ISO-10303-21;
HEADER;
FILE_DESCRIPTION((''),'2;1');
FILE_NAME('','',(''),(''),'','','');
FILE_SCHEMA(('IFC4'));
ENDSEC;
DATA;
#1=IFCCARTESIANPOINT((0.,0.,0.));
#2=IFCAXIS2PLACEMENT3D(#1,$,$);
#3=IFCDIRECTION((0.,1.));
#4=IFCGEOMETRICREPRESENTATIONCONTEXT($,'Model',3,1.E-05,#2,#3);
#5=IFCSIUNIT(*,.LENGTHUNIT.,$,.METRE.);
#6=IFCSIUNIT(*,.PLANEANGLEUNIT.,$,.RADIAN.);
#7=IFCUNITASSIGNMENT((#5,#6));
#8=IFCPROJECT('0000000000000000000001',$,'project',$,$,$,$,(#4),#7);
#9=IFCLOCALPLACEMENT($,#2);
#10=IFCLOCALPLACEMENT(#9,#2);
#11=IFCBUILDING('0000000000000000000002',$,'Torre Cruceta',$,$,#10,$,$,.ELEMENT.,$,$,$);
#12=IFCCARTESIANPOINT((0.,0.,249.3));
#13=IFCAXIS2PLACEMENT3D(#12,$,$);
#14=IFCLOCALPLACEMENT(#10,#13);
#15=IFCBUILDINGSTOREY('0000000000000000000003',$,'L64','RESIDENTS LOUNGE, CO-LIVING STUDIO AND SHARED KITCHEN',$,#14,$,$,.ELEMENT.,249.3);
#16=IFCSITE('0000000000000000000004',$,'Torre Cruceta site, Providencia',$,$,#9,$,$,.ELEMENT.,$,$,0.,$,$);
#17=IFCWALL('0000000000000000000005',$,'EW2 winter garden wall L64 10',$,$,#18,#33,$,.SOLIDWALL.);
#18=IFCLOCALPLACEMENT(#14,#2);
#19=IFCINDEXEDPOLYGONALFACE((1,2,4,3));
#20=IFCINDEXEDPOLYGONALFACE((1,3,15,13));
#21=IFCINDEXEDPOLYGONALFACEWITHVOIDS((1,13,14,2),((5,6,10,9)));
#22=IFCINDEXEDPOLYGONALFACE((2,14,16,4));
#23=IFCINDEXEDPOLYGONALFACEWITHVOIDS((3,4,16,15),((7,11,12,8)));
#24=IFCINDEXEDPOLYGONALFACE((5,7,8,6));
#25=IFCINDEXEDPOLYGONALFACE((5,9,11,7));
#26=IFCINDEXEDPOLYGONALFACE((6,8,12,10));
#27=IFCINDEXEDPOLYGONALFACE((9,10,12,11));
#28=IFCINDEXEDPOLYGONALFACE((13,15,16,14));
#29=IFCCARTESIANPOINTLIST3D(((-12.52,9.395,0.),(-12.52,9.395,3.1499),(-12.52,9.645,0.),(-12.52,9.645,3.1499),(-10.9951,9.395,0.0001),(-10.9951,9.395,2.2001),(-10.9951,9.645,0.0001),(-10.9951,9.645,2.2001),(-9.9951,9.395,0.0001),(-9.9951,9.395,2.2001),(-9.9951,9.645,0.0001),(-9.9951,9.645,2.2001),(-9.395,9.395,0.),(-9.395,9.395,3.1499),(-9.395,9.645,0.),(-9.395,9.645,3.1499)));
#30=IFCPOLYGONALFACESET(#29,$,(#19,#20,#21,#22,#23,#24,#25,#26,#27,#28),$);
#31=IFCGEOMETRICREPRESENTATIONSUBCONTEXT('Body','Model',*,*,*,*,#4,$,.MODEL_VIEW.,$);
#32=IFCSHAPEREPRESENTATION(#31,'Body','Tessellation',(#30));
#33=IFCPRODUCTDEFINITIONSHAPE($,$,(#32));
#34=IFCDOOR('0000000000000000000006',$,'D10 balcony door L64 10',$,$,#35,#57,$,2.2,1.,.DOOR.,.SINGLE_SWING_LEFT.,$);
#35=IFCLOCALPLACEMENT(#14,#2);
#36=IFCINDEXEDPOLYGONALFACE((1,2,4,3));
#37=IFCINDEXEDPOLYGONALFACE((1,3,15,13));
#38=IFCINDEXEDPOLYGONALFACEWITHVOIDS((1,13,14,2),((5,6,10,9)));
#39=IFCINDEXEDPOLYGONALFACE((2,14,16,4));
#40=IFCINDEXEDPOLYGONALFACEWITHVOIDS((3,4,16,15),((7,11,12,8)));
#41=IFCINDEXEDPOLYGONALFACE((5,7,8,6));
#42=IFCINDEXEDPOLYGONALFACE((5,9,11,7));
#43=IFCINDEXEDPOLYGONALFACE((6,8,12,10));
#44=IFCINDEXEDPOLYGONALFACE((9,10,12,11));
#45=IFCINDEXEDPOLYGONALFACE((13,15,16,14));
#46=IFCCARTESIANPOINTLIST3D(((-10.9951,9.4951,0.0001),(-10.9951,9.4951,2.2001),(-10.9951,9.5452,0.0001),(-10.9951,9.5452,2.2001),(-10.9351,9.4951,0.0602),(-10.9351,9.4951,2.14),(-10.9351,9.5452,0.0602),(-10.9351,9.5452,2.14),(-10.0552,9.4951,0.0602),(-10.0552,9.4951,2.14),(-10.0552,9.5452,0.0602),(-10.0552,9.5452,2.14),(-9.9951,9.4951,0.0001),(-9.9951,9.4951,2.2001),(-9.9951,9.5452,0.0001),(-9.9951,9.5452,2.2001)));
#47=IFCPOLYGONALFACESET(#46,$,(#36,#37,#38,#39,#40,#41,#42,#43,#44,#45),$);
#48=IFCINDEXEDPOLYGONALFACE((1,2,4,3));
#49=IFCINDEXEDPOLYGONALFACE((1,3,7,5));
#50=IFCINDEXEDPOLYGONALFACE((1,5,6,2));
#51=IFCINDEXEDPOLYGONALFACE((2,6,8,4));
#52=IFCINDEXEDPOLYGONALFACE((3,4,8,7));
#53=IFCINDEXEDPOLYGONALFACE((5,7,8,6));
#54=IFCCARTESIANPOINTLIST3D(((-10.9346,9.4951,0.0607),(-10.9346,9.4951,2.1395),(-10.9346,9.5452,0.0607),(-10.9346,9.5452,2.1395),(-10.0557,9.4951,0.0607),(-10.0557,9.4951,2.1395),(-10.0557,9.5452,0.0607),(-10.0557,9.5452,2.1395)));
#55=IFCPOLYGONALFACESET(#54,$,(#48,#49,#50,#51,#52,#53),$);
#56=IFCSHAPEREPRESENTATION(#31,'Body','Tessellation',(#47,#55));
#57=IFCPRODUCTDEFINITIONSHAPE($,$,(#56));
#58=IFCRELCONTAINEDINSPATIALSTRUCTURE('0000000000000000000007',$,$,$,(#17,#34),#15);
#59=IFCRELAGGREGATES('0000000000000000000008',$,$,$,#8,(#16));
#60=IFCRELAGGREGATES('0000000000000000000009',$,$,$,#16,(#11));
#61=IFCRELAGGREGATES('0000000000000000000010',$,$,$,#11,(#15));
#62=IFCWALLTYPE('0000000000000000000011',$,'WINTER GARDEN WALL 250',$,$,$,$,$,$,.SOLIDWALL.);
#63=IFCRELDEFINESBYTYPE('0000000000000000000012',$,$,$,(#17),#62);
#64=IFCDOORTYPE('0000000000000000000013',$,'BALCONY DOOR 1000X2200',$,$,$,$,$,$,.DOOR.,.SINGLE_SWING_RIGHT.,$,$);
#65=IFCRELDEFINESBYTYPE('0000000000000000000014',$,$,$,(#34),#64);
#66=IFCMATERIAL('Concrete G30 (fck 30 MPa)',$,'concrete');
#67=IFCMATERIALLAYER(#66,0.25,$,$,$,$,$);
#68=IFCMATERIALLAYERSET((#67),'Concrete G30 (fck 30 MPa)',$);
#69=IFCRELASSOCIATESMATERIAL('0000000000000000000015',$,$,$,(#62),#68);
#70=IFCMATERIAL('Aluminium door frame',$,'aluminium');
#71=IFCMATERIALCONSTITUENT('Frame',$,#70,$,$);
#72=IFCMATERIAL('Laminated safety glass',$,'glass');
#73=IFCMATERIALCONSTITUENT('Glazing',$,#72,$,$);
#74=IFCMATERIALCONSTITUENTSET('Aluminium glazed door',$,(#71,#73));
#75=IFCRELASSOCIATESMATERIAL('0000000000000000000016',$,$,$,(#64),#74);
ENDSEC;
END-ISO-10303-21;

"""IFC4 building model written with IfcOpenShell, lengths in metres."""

from ifc_helpers import new_model, si_unit, direction, frame, frame_2d, origin, place, context, subcontext, project, spatial, rectangle, hollow_rectangle, extrude, material, layer, layer_set, constituent, constituent_set, type_object, element, fill, save


model = new_model("IFC4")

# Units and contexts
model_context = context("Model", 3, precision=1e-05, world=origin(), true_north=direction((0.0, 1.0)))
body_context = subcontext(model_context, "Body", "Model", "MODEL_VIEW")
ifc_project = project(units=[si_unit("LENGTHUNIT", "METRE"), si_unit("PLANEANGLEUNIT", "RADIAN")], contexts=[model_context])

# Site, building, storey
site_placement = place(None, origin())
site = spatial("IfcSite", under=ifc_project, at=site_placement, Name="Torre Cruceta site, Providencia", CompositionType="ELEMENT", RefElevation=0.0)
building_placement = place(site_placement, origin())
building = spatial("IfcBuilding", under=site, at=building_placement, Name="Torre Cruceta", CompositionType="ELEMENT")
storey_placement = place(building_placement, frame((0.0, 0.0, 249.3)))
storey = spatial("IfcBuildingStorey", under=building, at=storey_placement, Name="L64", Description="RESIDENTS LOUNGE, CO-LIVING STUDIO AND SHARED KITCHEN", CompositionType="ELEMENT", Elevation=249.3)

# Wall, opening, door
ifc_material_1 = material(Name="Concrete G30 (fck 30 MPa)", Category="concrete")
ifc_layer_1 = layer(ifc_material_1, 0.25)
ifc_layer_set_1 = layer_set([ifc_layer_1], Name="Concrete G30 (fck 30 MPa)")
wall_type_1 = type_object("IfcWallType", Name="WINTER GARDEN WALL 250", PredefinedType="SOLIDWALL", material=ifc_layer_set_1)
ifc_material_2 = material(Name="Aluminium door frame", Category="aluminium")
ifc_constituent_1 = constituent(ifc_material_2, Name="Frame")
ifc_material_3 = material(Name="Laminated safety glass", Category="glass")
ifc_constituent_2 = constituent(ifc_material_3, Name="Glazing")
ifc_constituent_set_1 = constituent_set(constituents=[ifc_constituent_1, ifc_constituent_2], Name="Aluminium glazed door")
door_type_1 = type_object("IfcDoorType", Name="BALCONY DOOR 1000X2200", OperationType="SINGLE_SWING_RIGHT", PredefinedType="DOOR", material=ifc_constituent_set_1)
wall_1_placement = place(storey_placement, frame((-9.395, 9.52, 0.0), z_axis=(0.0, 0.0, 1.0), x_axis=(-1.0, 0.0, 0.0)))
wall_1 = element("IfcWall", 1, at=wall_1_placement, inside=storey, type_object=wall_type_1, Name="EW2 winter garden wall L64 10", PredefinedType="SOLIDWALL", context=body_context, shape_type="SweptSolid", body=[
    extrude(rectangle(XDim=3.125, YDim=0.25, at=frame_2d((1.5625, 0.0))), origin(), (0.0, 0.0, 1.0), 3.1499),
])
opening_1_placement = place(wall_1_placement, frame((0.6001, 0.0, 0.0)))
opening_1 = element("IfcOpeningElement", 2, at=opening_1_placement, cuts=wall_1, PredefinedType="OPENING", context=body_context, shape_type="SweptSolid", body=[
    extrude(rectangle(XDim=1.0, YDim=2.2, at=frame_2d((0.5, 1.1001))), frame((0.0, 0.135, 0.0), z_axis=(0.0, -1.0, 0.0), x_axis=(1.0, 0.0, 0.0)), (0.0, 0.0, 1.0), 0.27),
])
door_1_placement = place(opening_1_placement, origin())
door_1 = element("IfcDoor", 3, at=door_1_placement, inside=storey, type_object=door_type_1, Name="D10 balcony door L64 10", OperationType="SINGLE_SWING_LEFT", OverallHeight=2.2, OverallWidth=1.0, PredefinedType="DOOR", context=body_context, shape_type="SweptSolid", body=[
    extrude(hollow_rectangle(XDim=1.0, YDim=2.2, WallThickness=0.0601, at=frame_2d((0.5, 1.1001))), frame((0.0, 0.0249, 0.0), z_axis=(0.0, -1.0, 0.0), x_axis=(1.0, 0.0, 0.0)), (0.0, 0.0, 1.0), 0.05),
    extrude(rectangle(XDim=0.8789, YDim=2.0789, at=frame_2d((0.5, 1.1001))), frame((0.0, 0.0249, 0.0), z_axis=(0.0, -1.0, 0.0), x_axis=(1.0, 0.0, 0.0)), (0.0, 0.0, 1.0), 0.05),
])
fill(opening_1, door_1)

save(model, "model.ifc")
